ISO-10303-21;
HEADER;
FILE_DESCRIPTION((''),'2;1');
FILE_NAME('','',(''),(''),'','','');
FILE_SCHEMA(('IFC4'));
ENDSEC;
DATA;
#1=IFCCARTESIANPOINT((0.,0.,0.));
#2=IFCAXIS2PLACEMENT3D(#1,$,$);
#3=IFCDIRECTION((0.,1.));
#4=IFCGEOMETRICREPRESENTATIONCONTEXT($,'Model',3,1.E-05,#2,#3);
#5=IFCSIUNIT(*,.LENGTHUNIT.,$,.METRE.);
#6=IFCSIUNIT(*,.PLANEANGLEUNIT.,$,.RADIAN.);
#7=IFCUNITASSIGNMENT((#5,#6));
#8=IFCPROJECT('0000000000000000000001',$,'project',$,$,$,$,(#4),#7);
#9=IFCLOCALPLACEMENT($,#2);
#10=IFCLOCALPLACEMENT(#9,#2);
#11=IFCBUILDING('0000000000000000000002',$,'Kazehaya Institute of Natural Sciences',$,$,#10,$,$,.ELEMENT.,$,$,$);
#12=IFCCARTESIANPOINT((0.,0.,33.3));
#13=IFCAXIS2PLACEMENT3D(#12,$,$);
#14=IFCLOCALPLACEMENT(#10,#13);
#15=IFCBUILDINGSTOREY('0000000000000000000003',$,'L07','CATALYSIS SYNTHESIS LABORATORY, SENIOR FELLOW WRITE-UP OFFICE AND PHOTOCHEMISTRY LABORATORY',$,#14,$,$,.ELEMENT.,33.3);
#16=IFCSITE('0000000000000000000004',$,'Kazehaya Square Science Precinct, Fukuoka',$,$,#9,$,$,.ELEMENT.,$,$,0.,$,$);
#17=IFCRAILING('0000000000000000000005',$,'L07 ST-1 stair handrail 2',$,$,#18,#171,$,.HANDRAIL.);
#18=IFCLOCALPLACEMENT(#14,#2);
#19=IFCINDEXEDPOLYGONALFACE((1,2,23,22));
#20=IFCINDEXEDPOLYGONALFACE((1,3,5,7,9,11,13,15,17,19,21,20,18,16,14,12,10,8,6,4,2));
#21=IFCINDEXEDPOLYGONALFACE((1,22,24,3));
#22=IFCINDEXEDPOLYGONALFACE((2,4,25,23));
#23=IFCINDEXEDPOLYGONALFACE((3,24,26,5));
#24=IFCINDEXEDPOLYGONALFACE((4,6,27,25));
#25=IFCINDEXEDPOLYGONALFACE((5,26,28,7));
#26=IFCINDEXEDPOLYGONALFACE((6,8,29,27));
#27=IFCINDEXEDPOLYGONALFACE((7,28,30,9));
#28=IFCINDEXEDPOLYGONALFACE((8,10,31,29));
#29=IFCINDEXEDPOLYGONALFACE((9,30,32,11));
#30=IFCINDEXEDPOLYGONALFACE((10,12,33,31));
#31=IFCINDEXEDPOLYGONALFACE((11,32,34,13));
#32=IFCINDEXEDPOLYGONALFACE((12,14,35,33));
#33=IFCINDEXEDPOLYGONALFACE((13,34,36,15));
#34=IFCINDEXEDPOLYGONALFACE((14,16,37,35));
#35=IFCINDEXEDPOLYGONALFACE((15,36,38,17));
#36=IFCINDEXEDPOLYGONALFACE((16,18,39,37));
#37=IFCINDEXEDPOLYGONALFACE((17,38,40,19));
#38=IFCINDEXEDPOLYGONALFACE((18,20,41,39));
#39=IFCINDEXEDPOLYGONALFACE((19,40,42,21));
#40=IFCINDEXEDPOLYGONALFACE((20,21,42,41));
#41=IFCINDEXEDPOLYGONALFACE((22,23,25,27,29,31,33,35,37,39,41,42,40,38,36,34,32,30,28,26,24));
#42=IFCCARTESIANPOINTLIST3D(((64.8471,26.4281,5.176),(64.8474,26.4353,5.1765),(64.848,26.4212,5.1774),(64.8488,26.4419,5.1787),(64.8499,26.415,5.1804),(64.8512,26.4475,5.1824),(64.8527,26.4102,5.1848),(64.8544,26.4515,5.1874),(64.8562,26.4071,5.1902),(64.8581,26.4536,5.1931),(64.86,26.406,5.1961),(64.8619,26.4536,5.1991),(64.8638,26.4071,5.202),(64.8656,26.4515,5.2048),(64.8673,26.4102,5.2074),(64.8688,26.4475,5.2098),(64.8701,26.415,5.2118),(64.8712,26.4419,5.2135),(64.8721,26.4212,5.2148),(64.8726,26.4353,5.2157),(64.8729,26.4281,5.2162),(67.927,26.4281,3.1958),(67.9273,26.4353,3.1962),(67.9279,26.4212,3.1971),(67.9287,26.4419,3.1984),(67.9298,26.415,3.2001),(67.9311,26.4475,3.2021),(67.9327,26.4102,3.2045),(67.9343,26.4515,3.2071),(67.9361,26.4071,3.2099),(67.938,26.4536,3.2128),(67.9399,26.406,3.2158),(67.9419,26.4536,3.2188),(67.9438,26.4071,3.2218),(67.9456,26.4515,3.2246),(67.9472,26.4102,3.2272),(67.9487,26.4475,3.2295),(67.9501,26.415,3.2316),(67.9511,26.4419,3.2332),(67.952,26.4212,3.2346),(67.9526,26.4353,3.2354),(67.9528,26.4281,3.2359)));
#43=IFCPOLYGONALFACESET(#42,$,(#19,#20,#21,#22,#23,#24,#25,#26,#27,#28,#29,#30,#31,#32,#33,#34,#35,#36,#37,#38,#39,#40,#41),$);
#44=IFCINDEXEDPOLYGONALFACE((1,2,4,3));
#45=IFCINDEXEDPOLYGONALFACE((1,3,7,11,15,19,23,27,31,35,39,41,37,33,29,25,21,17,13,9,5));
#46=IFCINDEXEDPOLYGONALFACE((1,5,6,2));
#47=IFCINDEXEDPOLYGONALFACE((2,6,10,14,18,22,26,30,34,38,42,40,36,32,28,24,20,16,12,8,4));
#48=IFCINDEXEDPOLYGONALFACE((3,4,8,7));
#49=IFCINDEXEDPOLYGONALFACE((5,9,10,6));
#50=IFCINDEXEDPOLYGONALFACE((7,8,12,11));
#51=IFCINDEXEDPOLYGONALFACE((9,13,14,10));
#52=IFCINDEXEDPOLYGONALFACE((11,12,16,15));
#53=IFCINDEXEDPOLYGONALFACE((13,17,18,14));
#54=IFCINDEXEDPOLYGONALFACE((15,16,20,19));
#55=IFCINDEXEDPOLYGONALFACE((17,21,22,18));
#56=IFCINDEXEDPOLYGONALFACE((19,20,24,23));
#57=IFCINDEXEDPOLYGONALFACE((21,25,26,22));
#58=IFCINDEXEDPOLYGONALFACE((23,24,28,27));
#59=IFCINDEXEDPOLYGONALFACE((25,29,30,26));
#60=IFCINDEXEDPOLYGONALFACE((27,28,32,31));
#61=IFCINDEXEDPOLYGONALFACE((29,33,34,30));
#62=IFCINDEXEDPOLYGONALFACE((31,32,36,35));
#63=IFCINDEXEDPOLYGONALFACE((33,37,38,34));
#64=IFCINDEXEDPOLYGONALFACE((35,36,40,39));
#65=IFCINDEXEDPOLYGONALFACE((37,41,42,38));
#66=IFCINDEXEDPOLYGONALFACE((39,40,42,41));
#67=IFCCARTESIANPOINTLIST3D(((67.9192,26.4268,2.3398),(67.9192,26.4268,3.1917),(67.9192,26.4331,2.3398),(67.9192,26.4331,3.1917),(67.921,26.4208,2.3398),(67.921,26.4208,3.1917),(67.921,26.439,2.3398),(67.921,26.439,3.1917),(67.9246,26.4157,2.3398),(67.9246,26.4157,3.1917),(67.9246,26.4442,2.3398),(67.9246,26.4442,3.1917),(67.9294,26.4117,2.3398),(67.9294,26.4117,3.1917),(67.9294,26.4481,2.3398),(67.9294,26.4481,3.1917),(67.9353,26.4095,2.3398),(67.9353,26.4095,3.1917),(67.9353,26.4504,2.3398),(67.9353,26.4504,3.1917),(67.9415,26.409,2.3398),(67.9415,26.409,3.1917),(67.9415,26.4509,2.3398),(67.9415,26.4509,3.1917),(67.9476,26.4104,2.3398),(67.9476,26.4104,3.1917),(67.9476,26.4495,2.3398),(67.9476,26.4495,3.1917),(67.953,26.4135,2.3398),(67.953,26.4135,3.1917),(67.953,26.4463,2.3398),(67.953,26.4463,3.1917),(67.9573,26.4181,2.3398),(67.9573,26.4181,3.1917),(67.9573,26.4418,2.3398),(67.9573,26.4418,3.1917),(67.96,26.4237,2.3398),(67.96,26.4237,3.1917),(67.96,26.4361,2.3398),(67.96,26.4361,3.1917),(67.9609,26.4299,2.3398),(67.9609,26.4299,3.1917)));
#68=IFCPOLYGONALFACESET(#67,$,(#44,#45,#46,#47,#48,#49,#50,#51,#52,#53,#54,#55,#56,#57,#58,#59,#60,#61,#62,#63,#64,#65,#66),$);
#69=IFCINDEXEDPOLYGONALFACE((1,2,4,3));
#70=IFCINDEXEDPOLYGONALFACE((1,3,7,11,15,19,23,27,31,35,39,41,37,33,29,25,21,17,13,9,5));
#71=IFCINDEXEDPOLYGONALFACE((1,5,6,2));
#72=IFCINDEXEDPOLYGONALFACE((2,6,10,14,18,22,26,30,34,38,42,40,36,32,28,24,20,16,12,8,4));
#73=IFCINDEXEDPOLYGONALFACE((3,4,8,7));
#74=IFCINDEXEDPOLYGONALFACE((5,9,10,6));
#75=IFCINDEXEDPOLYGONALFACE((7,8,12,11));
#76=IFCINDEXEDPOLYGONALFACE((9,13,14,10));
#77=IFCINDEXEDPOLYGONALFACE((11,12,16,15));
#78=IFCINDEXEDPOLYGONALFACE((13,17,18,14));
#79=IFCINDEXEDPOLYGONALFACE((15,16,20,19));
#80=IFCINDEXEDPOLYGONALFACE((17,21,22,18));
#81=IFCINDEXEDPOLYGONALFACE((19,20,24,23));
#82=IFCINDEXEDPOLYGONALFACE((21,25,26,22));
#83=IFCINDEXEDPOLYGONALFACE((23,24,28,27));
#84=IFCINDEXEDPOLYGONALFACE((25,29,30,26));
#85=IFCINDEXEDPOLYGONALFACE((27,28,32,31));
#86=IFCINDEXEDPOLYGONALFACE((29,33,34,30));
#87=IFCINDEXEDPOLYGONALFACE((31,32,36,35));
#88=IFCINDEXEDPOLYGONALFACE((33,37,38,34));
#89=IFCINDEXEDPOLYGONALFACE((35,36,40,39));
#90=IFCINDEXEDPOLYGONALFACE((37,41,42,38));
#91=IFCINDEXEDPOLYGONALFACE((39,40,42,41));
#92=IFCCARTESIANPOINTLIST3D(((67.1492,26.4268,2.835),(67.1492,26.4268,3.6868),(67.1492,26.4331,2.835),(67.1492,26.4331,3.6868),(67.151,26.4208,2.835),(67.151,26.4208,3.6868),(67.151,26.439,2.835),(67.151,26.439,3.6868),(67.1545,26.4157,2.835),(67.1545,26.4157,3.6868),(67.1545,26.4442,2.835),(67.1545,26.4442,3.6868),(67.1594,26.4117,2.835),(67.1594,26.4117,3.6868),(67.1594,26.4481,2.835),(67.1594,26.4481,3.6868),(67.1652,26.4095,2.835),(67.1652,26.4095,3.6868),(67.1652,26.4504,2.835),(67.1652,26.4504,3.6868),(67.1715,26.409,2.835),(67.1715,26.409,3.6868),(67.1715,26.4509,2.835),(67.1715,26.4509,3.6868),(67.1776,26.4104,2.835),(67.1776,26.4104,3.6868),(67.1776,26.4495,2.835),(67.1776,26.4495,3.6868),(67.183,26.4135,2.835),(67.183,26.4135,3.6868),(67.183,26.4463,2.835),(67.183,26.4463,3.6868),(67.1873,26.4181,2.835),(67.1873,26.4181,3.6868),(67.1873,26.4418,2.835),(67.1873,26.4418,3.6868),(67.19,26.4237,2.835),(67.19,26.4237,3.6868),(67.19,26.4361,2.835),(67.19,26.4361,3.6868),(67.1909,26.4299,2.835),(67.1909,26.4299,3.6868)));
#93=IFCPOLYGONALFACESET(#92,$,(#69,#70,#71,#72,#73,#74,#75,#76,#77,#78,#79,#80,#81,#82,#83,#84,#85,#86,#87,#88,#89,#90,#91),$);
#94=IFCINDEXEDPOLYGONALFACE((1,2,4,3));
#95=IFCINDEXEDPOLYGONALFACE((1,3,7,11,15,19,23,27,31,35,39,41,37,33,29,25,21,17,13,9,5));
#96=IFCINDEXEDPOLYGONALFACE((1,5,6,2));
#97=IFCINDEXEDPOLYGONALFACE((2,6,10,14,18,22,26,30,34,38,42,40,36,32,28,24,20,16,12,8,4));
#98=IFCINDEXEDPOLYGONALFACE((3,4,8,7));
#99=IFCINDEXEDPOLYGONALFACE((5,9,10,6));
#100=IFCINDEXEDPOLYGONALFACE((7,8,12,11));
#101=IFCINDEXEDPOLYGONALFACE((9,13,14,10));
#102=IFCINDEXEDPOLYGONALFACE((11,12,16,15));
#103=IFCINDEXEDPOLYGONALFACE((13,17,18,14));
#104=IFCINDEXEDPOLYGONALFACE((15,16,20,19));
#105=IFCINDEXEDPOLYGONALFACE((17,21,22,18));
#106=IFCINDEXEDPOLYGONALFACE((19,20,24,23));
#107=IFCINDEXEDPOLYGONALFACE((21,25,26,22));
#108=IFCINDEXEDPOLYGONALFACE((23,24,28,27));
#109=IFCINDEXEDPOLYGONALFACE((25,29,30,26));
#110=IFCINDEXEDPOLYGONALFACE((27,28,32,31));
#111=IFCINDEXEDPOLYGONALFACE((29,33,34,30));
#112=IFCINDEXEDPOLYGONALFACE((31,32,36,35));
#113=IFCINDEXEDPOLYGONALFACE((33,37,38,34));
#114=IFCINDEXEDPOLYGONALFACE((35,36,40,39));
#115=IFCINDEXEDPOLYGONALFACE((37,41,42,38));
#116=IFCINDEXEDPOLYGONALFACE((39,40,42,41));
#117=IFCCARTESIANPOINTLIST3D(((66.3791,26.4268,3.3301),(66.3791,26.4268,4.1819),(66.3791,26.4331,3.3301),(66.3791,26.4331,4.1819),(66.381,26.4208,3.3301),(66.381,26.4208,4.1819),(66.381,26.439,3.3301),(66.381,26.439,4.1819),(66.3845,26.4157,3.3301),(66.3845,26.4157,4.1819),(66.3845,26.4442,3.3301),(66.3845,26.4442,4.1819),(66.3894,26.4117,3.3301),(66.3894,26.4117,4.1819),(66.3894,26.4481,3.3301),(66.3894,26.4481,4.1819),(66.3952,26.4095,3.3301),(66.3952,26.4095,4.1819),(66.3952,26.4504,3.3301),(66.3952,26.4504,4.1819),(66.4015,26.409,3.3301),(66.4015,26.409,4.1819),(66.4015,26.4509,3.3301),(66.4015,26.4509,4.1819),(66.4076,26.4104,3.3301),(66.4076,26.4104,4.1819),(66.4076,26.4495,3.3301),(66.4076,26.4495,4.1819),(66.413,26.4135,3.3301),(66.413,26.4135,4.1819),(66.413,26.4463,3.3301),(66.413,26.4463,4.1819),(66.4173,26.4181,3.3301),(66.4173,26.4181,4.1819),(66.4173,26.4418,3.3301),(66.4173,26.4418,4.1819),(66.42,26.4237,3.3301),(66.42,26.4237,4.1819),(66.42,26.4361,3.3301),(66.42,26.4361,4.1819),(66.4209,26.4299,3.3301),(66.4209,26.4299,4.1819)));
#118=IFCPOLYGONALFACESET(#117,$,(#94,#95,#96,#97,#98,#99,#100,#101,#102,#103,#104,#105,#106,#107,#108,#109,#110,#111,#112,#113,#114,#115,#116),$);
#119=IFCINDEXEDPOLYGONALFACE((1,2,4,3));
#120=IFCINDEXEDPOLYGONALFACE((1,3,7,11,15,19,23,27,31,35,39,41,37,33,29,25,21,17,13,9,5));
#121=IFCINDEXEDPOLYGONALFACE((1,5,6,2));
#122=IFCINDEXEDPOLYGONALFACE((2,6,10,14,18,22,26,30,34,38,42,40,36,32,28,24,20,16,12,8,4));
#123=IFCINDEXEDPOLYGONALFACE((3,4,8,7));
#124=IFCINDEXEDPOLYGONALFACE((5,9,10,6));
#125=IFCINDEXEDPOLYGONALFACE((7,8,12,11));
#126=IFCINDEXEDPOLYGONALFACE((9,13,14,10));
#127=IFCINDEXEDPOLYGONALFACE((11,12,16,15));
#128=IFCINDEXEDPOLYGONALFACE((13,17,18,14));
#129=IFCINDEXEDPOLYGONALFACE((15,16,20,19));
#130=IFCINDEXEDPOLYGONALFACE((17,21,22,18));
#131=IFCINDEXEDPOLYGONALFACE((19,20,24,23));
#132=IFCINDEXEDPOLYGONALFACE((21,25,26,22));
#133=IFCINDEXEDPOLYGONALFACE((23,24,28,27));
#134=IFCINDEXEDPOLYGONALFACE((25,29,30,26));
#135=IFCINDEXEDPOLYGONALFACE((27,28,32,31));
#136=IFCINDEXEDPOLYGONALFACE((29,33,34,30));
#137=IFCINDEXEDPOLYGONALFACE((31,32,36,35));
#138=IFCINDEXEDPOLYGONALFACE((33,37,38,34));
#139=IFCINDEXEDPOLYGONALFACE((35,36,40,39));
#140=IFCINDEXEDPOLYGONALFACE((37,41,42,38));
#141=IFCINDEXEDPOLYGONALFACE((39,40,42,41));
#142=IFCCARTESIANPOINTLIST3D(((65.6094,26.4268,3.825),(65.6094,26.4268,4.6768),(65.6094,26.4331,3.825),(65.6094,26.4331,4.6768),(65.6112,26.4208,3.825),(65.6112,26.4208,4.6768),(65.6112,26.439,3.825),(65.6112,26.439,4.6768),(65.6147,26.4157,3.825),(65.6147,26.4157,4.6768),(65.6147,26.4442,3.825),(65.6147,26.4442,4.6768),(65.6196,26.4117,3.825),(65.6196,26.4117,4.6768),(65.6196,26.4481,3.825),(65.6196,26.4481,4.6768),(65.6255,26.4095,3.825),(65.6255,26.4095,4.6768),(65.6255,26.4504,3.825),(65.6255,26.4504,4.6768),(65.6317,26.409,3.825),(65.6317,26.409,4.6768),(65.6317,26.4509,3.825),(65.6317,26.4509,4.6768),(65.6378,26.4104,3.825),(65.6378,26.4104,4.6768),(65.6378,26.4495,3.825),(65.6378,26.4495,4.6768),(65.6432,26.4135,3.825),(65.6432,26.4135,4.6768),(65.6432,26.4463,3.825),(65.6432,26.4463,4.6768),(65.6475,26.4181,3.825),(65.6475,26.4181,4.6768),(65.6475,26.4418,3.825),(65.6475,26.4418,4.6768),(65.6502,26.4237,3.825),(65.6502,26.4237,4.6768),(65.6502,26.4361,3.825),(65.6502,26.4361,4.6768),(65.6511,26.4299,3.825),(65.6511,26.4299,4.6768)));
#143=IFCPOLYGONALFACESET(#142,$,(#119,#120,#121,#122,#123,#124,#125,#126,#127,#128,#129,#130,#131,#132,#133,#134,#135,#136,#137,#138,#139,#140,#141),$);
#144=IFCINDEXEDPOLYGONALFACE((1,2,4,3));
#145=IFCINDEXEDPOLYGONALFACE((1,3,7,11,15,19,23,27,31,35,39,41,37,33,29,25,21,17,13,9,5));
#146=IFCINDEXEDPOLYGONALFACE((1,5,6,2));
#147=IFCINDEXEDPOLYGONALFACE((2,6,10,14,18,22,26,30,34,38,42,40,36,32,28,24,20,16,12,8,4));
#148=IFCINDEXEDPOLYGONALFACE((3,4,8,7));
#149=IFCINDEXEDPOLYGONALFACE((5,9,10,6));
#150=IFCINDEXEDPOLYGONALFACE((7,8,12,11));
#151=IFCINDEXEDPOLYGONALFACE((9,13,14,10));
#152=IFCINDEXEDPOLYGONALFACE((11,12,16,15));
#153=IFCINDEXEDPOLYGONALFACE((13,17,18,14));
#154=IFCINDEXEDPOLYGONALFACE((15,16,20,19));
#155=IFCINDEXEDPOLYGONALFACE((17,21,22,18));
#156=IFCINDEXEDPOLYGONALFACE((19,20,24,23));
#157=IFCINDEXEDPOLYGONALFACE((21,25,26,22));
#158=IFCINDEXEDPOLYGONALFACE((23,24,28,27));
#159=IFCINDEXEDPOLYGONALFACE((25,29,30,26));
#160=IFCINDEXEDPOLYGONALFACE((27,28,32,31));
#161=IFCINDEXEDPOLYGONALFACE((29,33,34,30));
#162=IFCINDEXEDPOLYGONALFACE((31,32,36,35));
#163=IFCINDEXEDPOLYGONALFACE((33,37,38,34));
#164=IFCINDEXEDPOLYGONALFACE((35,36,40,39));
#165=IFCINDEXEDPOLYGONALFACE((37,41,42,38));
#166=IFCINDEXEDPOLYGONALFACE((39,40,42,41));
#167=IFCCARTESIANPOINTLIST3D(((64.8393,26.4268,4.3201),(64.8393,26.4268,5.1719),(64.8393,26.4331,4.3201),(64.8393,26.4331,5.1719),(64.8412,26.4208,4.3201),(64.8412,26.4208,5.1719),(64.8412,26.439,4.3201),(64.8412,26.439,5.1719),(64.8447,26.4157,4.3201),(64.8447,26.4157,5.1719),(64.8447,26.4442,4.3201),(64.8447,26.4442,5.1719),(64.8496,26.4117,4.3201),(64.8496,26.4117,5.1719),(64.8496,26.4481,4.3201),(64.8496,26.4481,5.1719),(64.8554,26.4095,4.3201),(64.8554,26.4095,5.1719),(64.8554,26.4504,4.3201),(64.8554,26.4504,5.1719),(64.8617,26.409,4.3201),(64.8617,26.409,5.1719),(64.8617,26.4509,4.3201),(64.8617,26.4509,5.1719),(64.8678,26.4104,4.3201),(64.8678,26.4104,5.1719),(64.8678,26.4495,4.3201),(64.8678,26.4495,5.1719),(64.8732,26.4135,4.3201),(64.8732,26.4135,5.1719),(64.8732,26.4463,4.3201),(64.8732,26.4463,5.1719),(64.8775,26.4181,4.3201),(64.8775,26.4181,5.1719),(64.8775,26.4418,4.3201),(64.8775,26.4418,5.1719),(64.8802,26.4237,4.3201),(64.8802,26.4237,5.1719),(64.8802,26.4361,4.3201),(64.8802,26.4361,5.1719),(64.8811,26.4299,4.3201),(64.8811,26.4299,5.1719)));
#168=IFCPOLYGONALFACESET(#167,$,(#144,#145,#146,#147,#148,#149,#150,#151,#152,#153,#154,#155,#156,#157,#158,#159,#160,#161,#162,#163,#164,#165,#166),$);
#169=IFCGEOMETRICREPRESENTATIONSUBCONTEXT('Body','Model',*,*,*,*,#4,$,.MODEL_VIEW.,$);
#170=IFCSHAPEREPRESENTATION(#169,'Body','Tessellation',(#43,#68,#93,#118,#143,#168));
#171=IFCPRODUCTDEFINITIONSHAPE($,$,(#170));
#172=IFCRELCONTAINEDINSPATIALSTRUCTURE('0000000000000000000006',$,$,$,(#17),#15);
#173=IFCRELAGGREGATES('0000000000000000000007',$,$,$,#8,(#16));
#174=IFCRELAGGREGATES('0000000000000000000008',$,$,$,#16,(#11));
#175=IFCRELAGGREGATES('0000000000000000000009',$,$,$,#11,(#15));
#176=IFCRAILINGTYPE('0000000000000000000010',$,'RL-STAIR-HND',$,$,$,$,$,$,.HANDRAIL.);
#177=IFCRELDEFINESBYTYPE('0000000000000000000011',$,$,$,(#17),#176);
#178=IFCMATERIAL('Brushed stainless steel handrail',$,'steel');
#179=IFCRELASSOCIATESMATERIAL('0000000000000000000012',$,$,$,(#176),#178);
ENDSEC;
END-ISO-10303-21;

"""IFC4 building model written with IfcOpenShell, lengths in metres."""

from ifc_helpers import new_model, si_unit, direction, frame, origin, origin_2d, place, context, subcontext, project, spatial, circle, extrude, material, type_object, element, save


model = new_model("IFC4")

# Units and contexts
model_context = context("Model", 3, precision=1e-05, world=origin(), true_north=direction((0.0, 1.0)))
body_context = subcontext(model_context, "Body", "Model", "MODEL_VIEW")
ifc_project = project(units=[si_unit("LENGTHUNIT", "METRE"), si_unit("PLANEANGLEUNIT", "RADIAN")], contexts=[model_context])

# Site, building, storey
site_placement = place(None, origin())
site = spatial("IfcSite", under=ifc_project, at=site_placement, Name="Kazehaya Square Science Precinct, Fukuoka", CompositionType="ELEMENT", RefElevation=0.0)
building_placement = place(site_placement, origin())
building = spatial("IfcBuilding", under=site, at=building_placement, Name="Kazehaya Institute of Natural Sciences", CompositionType="ELEMENT")
storey_placement = place(building_placement, frame((0.0, 0.0, 33.3)))
storey = spatial("IfcBuildingStorey", under=building, at=storey_placement, Name="L07", Description="CATALYSIS SYNTHESIS LABORATORY, SENIOR FELLOW WRITE-UP OFFICE AND PHOTOCHEMISTRY LABORATORY", CompositionType="ELEMENT", Elevation=33.3)

# Railing
ifc_material_1 = material(Name="Brushed stainless steel handrail", Category="steel")
railing_type_1 = type_object("IfcRailingType", Name="RL-STAIR-HND", PredefinedType="HANDRAIL", material=ifc_material_1)
railing_1_placement = place(storey_placement, frame((67.9399, 26.4299, 2.3398)))
element("IfcRailing", 1, at=railing_1_placement, inside=storey, type_object=railing_type_1, Name="L07 ST-1 stair handrail 2", PredefinedType="HANDRAIL", context=body_context, shape_type="SweptSolid", body=[
    extrude(circle(Radius=0.0239, at=origin_2d()), frame((0.0, 0.0, 0.876), z_axis=(-0.841137, 0.0, 0.540822), x_axis=(0.0, -1.0, 0.0)), (0.0, 0.0, 1.0), 3.6616),
    extrude(circle(Radius=0.021, at=origin_2d()), origin(), (0.0, 0.0, 1.0), 0.8518),
    extrude(circle(Radius=0.021, at=origin_2d()), frame((-0.77, 0.0, 0.4951)), (0.0, 0.0, 1.0), 0.8518),
    extrude(circle(Radius=0.021, at=origin_2d()), frame((-1.54, 0.0, 0.9902)), (0.0, 0.0, 1.0), 0.8518),
    extrude(circle(Radius=0.021, at=origin_2d()), frame((-2.3098, 0.0, 1.4851)), (0.0, 0.0, 1.0), 0.8518),
    extrude(circle(Radius=0.021, at=origin_2d()), frame((-3.0798, 0.0, 1.9802)), (0.0, 0.0, 1.0), 0.8518),
])

save(model, "model.ifc")
